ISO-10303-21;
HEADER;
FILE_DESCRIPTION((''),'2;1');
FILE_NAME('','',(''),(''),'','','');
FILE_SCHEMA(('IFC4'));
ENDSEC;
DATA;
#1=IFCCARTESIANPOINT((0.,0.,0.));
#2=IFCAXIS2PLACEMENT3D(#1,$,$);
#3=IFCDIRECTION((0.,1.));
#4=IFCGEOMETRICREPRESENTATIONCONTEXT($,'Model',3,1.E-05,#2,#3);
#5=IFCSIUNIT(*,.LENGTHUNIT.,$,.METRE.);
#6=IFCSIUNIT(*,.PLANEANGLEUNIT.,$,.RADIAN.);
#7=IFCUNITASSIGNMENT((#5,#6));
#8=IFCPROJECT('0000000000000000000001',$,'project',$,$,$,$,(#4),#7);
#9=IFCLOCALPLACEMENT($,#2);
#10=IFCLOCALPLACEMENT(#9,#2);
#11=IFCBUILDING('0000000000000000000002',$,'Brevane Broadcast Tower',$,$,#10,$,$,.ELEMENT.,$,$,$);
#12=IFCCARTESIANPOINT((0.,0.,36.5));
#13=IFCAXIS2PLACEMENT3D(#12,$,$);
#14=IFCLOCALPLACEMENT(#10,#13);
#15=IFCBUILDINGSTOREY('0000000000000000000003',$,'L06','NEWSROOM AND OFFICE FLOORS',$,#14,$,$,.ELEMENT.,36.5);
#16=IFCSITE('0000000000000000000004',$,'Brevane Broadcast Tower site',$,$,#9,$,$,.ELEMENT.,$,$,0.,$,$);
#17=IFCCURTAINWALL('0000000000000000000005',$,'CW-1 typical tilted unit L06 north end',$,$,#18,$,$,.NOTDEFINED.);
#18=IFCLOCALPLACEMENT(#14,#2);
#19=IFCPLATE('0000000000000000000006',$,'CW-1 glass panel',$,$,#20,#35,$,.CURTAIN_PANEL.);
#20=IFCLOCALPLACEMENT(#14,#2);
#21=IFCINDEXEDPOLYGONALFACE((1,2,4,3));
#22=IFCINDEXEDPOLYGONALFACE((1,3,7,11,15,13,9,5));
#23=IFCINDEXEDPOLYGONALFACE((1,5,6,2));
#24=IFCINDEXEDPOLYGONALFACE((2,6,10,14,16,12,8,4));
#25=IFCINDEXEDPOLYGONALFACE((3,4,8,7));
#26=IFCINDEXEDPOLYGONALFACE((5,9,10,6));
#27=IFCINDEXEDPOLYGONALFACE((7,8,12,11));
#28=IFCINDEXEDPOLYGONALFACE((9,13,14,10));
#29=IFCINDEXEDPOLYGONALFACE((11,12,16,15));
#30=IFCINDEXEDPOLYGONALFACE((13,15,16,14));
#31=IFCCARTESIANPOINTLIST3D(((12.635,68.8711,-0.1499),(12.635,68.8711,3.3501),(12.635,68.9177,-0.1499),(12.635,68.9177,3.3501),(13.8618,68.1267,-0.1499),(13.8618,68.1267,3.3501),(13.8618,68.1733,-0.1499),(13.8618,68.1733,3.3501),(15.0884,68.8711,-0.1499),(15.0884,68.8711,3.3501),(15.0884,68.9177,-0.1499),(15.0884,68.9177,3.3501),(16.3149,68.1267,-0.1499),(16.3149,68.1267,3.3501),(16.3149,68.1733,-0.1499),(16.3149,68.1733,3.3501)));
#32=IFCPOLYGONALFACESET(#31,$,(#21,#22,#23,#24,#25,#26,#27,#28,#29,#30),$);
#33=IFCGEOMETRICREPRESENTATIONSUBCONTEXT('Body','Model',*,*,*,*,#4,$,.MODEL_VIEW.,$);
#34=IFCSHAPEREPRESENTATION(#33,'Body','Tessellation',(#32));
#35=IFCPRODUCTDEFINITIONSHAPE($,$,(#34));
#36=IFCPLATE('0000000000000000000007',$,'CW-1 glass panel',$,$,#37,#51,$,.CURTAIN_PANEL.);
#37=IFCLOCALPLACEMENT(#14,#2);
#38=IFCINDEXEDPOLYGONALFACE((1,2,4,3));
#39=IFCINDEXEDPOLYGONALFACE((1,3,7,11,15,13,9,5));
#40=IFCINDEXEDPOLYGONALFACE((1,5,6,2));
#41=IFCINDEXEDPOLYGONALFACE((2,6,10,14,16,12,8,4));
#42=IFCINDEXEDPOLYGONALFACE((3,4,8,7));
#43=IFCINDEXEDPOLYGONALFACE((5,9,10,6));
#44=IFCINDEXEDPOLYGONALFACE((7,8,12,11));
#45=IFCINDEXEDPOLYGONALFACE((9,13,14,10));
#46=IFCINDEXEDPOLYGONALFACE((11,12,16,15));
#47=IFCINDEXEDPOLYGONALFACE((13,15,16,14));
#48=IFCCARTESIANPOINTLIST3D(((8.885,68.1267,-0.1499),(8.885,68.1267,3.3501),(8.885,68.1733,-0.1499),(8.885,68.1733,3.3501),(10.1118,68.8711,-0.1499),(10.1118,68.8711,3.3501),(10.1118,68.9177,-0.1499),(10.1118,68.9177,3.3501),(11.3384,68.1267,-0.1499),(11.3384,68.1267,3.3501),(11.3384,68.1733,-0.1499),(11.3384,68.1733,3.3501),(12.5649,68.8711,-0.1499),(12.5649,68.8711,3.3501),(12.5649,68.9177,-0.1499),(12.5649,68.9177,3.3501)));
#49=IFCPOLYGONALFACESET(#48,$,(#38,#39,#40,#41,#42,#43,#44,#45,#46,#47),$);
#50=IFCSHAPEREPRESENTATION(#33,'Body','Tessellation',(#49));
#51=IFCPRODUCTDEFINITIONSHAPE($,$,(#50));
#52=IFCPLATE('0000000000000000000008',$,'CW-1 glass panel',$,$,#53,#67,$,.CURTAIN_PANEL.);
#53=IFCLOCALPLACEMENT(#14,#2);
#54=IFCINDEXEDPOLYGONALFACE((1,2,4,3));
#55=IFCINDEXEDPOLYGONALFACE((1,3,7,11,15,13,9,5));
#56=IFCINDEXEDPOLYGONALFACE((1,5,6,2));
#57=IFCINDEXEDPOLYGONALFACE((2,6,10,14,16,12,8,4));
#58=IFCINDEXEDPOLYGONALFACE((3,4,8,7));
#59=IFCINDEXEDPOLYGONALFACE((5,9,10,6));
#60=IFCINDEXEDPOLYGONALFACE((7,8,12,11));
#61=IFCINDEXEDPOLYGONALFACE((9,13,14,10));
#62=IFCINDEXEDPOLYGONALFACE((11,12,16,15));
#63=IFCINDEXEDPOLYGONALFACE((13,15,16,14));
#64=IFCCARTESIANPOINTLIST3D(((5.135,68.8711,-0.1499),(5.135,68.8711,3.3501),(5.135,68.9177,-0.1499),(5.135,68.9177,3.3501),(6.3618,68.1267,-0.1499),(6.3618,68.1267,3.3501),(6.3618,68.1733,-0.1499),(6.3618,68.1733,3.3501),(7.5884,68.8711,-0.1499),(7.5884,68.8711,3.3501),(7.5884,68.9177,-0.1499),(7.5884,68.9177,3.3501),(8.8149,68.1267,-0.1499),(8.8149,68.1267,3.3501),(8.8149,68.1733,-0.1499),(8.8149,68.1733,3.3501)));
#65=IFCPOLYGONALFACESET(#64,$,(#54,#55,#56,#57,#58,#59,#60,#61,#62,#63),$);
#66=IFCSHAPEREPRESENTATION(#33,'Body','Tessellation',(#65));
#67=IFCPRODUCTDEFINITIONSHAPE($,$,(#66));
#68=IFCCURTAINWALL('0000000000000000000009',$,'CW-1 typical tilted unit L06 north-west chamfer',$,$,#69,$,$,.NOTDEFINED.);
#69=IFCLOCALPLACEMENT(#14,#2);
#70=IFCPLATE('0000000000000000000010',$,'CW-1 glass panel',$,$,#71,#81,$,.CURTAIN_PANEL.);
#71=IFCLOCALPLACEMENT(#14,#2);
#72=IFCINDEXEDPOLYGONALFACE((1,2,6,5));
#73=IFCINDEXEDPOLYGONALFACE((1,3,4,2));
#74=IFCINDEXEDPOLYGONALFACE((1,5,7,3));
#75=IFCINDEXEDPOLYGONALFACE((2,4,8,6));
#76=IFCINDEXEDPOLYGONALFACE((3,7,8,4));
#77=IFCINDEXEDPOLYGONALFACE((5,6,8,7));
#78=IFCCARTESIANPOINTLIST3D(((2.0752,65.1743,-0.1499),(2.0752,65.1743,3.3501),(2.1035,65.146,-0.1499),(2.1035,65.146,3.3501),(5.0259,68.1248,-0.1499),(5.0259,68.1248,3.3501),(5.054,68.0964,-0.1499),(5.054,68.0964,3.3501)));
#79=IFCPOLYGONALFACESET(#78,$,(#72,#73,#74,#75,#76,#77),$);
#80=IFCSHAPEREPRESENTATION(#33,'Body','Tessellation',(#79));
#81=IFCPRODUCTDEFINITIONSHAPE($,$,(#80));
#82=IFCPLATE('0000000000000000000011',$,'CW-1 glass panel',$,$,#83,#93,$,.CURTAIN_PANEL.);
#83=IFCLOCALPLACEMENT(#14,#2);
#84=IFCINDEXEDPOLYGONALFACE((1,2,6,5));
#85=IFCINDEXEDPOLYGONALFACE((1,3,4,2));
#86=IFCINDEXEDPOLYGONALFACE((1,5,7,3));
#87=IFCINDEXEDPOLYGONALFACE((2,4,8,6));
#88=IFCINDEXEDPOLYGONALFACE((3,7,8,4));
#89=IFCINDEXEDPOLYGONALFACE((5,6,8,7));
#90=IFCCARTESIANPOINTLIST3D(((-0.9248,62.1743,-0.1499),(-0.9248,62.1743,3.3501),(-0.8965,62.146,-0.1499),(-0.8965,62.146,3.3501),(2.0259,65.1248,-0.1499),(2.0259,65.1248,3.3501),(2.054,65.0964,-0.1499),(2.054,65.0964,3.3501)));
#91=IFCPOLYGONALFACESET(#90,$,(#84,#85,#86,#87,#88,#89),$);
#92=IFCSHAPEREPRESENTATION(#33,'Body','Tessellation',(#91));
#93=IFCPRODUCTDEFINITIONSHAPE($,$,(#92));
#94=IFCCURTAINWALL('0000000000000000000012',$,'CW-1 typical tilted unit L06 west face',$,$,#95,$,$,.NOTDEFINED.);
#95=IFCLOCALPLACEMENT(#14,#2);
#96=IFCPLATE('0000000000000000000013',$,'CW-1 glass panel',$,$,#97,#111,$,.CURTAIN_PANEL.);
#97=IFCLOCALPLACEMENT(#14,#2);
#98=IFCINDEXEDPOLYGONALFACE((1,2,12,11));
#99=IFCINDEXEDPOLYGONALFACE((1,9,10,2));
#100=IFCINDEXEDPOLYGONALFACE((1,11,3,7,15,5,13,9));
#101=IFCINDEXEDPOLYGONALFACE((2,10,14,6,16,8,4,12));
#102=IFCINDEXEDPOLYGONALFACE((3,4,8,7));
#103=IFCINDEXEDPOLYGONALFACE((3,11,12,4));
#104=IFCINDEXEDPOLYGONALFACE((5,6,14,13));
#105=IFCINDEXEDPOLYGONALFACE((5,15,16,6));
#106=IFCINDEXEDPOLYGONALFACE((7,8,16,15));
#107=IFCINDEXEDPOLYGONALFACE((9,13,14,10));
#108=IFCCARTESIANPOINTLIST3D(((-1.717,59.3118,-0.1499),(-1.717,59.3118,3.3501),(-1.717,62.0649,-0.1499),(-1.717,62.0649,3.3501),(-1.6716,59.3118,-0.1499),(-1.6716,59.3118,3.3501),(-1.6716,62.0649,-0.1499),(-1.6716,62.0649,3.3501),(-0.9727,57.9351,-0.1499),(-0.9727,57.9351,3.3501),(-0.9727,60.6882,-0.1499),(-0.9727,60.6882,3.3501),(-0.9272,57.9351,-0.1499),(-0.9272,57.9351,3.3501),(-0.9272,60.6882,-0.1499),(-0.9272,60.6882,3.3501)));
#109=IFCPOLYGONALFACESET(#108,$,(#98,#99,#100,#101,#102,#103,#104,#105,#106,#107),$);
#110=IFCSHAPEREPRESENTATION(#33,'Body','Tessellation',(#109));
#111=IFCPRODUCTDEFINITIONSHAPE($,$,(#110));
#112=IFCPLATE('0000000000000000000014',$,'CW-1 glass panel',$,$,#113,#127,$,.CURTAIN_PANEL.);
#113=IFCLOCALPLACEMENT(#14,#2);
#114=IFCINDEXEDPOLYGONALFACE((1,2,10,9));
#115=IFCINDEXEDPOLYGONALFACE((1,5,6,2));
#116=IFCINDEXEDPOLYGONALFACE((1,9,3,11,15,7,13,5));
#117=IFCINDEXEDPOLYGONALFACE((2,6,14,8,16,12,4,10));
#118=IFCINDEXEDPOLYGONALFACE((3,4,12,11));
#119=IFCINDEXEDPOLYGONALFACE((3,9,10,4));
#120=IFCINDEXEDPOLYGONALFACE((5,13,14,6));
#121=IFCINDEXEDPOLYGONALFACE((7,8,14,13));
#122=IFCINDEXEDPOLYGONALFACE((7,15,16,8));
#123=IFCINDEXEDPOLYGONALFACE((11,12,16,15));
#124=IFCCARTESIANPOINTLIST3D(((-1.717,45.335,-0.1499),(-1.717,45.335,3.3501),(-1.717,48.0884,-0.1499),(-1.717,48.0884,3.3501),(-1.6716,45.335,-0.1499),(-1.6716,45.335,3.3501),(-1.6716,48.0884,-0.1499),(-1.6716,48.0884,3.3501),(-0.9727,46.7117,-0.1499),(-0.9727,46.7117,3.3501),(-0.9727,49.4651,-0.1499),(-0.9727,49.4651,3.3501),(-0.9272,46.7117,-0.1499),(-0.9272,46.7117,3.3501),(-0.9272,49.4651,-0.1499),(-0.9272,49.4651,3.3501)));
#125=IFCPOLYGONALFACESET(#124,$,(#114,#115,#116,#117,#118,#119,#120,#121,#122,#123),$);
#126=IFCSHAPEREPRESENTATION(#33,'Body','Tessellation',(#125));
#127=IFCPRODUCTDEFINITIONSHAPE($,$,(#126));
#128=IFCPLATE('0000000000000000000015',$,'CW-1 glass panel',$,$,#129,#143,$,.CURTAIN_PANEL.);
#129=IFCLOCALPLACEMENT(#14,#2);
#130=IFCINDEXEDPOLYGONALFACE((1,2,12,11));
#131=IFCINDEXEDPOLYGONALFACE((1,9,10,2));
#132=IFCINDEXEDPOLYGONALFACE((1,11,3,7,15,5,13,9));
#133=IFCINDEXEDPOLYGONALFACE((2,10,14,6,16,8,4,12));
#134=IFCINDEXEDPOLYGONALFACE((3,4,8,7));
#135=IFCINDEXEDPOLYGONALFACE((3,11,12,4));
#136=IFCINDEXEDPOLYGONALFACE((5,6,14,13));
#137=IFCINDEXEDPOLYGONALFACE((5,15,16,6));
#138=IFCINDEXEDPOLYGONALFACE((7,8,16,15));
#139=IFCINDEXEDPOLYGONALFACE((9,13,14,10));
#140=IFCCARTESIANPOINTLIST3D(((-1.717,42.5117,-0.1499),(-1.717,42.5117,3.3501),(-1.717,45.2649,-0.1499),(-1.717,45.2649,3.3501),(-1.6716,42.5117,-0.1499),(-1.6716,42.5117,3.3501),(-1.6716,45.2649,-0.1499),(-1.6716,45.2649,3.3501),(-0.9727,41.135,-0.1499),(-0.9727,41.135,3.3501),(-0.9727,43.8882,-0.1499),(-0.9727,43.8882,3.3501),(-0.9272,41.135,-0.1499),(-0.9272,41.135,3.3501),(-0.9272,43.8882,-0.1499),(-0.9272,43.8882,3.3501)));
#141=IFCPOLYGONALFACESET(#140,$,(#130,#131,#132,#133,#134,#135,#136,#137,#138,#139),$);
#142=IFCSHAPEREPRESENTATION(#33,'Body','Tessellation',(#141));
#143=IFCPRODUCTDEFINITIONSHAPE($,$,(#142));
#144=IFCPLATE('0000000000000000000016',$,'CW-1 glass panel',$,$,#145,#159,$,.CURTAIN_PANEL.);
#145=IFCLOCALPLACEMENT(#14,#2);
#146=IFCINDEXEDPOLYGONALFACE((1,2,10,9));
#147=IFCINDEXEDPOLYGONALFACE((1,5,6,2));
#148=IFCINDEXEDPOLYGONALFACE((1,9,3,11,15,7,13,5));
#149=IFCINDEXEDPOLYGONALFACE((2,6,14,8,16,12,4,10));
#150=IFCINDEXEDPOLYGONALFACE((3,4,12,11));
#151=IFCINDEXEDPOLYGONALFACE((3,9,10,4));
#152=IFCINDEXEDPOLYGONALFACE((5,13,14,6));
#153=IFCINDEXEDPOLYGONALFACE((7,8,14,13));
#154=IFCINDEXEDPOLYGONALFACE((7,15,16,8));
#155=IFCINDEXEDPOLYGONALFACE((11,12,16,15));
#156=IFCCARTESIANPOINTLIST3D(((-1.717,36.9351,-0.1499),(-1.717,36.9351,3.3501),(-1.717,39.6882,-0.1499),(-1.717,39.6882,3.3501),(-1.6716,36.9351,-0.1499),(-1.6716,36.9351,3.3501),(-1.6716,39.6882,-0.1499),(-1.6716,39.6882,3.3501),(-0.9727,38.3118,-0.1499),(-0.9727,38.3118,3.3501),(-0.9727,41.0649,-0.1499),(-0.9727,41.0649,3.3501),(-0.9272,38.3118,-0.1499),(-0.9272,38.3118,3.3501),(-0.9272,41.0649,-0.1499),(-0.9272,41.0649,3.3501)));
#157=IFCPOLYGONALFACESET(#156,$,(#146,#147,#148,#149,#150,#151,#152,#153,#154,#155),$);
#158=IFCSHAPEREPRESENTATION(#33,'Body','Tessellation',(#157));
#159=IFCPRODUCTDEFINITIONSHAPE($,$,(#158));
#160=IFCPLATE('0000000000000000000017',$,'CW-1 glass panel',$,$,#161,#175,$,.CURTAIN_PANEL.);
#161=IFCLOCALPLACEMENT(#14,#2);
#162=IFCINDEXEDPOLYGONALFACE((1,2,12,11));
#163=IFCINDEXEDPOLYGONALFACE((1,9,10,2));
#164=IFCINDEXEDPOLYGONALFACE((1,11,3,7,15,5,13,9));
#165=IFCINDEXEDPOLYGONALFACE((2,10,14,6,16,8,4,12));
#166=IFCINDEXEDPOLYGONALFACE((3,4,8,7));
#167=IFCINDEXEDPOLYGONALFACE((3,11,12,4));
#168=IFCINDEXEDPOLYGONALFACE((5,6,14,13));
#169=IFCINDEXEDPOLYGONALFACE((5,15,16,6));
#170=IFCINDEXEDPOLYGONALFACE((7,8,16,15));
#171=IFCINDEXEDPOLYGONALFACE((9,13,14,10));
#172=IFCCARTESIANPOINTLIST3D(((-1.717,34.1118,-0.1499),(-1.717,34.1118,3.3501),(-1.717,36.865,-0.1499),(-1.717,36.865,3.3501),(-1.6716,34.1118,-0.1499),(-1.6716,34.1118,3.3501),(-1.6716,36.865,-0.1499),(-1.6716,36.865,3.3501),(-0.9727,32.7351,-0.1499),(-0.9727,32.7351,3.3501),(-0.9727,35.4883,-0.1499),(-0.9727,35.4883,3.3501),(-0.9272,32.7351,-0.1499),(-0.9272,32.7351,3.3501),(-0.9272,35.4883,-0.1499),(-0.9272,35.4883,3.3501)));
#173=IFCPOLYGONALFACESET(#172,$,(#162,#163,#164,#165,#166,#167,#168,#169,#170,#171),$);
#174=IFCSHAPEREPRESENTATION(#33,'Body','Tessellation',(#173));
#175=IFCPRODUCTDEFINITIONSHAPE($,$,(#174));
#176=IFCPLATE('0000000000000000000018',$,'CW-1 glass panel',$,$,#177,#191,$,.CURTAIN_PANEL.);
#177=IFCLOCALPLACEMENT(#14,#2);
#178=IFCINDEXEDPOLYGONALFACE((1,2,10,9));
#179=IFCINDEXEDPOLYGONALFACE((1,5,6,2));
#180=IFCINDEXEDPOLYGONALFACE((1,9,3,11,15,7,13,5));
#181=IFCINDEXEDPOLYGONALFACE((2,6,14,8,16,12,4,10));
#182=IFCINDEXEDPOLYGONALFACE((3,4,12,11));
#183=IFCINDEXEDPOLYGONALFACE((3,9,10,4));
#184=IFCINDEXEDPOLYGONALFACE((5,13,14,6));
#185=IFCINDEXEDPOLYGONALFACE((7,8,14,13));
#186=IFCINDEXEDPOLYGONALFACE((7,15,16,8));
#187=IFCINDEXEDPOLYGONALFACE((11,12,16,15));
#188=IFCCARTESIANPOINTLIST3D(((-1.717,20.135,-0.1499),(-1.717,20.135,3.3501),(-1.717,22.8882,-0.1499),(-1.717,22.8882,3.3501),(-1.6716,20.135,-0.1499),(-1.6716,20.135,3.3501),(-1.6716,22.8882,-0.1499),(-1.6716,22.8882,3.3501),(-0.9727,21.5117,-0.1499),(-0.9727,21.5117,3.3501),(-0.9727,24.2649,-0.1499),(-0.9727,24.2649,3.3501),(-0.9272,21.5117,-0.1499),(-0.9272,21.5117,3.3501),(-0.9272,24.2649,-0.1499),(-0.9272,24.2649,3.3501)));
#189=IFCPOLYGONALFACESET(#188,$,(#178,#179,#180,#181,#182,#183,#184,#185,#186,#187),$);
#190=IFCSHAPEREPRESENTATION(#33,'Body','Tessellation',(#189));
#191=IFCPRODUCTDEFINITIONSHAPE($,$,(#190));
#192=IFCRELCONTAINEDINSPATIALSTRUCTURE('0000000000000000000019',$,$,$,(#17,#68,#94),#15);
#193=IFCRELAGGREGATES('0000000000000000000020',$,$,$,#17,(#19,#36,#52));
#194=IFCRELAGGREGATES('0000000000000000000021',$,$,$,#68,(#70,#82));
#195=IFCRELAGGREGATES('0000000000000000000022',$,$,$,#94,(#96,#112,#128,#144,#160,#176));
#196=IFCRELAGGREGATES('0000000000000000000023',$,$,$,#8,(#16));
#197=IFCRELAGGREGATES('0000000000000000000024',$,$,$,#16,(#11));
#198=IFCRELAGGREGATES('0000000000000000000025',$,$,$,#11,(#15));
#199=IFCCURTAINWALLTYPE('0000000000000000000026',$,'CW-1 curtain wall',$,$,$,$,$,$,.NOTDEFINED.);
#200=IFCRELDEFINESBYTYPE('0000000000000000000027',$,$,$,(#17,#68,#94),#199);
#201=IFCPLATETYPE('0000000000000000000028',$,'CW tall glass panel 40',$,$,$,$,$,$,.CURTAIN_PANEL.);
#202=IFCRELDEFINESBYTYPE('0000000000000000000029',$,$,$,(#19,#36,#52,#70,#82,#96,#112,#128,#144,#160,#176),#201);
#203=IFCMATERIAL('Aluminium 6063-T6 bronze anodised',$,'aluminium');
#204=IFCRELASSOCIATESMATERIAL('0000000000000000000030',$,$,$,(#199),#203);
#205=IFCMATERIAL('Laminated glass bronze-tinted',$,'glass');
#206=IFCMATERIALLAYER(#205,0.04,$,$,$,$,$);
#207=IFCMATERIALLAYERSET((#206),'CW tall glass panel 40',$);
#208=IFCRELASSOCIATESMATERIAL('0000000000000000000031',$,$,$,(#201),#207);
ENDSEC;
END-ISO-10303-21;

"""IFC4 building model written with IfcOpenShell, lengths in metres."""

from ifc_helpers import new_model, si_unit, direction, frame, origin, place, context, subcontext, project, spatial, polyline, outline, extrude, material, layer, layer_set, type_object, element, aggregate, save


model = new_model("IFC4")

# Units and contexts
model_context = context("Model", 3, precision=1e-05, world=origin(), true_north=direction((0.0, 1.0)))
body_context = subcontext(model_context, "Body", "Model", "MODEL_VIEW")
ifc_project = project(units=[si_unit("LENGTHUNIT", "METRE"), si_unit("PLANEANGLEUNIT", "RADIAN")], contexts=[model_context])

# Site, building, storey
site_placement = place(None, origin())
site = spatial("IfcSite", under=ifc_project, at=site_placement, Name="Brevane Broadcast Tower site", CompositionType="ELEMENT", RefElevation=0.0)
building_placement = place(site_placement, origin())
building = spatial("IfcBuilding", under=site, at=building_placement, Name="Brevane Broadcast Tower", CompositionType="ELEMENT")
storey_placement = place(building_placement, frame((0.0, 0.0, 36.5)))
storey = spatial("IfcBuildingStorey", under=building, at=storey_placement, Name="L06", Description="NEWSROOM AND OFFICE FLOORS", CompositionType="ELEMENT", Elevation=36.5)

# Curtain walls, plates
ifc_material_1 = material(Name="Aluminium 6063-T6 bronze anodised", Category="aluminium")
curtain_wall_type = type_object("IfcCurtainWallType", Name="CW-1 curtain wall", PredefinedType="NOTDEFINED", material=ifc_material_1)
curtain_wall_1_placement = place(storey_placement, origin())
curtain_wall_1 = element("IfcCurtainWall", 1, at=curtain_wall_1_placement, inside=storey, type_object=curtain_wall_type, Name="CW-1 typical tilted unit L06 north end", PredefinedType="NOTDEFINED")
ifc_material_2 = material(Name="Laminated glass bronze-tinted", Category="glass")
ifc_layer_1 = layer(ifc_material_2, 0.04)
ifc_layer_set_1 = layer_set([ifc_layer_1], Name="CW tall glass panel 40")
plate_type = type_object("IfcPlateType", Name="CW tall glass panel 40", PredefinedType="CURTAIN_PANEL", material=ifc_layer_set_1)
plate_1_placement = place(storey_placement, frame((0.0, 0.0, -0.1499)))
plate_1 = element("IfcPlate", 2, at=plate_1_placement, type_object=plate_type, Name="CW-1 glass panel", PredefinedType="CURTAIN_PANEL", context=body_context, shape_type="SweptSolid", body=[
    extrude(outline(polyline([(16.3149, 68.1267), (16.3149, 68.1733), (15.0884, 68.9177), (13.8618, 68.1733), (12.635, 68.9177), (12.635, 68.8711), (13.8618, 68.1267), (15.0884, 68.8711), (16.3149, 68.1267)])), origin(), (0.0, 0.0, 1.0), 3.5),
])
plate_2_placement = place(storey_placement, frame((0.0, 0.0, -0.1499)))
plate_2 = element("IfcPlate", 3, at=plate_2_placement, type_object=plate_type, Name="CW-1 glass panel", PredefinedType="CURTAIN_PANEL", context=body_context, shape_type="SweptSolid", body=[
    extrude(outline(polyline([(12.5649, 68.8711), (12.5649, 68.9177), (11.3384, 68.1733), (10.1118, 68.9177), (8.885, 68.1733), (8.885, 68.1267), (10.1118, 68.8711), (11.3384, 68.1267), (12.5649, 68.8711)])), origin(), (0.0, 0.0, 1.0), 3.5),
])
plate_3_placement = place(storey_placement, frame((0.0, 0.0, -0.1499)))
plate_3 = element("IfcPlate", 4, at=plate_3_placement, type_object=plate_type, Name="CW-1 glass panel", PredefinedType="CURTAIN_PANEL", context=body_context, shape_type="SweptSolid", body=[
    extrude(outline(polyline([(8.8149, 68.1267), (8.8149, 68.1733), (7.5884, 68.9177), (6.3618, 68.1733), (5.135, 68.9177), (5.135, 68.8711), (6.3618, 68.1267), (7.5884, 68.8711), (8.8149, 68.1267)])), origin(), (0.0, 0.0, 1.0), 3.5),
])
aggregate(curtain_wall_1, [plate_1, plate_2, plate_3])
curtain_wall_2_placement = place(storey_placement, origin())
curtain_wall_2 = element("IfcCurtainWall", 5, at=curtain_wall_2_placement, inside=storey, type_object=curtain_wall_type, Name="CW-1 typical tilted unit L06 north-west chamfer", PredefinedType="NOTDEFINED")
plate_4_placement = place(storey_placement, frame((0.0, 0.0, -0.1499)))
plate_4 = element("IfcPlate", 6, at=plate_4_placement, type_object=plate_type, Name="CW-1 glass panel", PredefinedType="CURTAIN_PANEL", context=body_context, shape_type="SweptSolid", body=[
    extrude(outline(polyline([(5.054, 68.0964), (2.1035, 65.146), (2.0752, 65.1743), (5.0259, 68.1248), (5.054, 68.0964)])), origin(), (0.0, 0.0, 1.0), 3.5),
])
plate_5_placement = place(storey_placement, frame((0.0, 0.0, -0.1499)))
plate_5 = element("IfcPlate", 7, at=plate_5_placement, type_object=plate_type, Name="CW-1 glass panel", PredefinedType="CURTAIN_PANEL", context=body_context, shape_type="SweptSolid", body=[
    extrude(outline(polyline([(2.054, 65.0964), (-0.8965, 62.146), (-0.9248, 62.1743), (2.0259, 65.1248), (2.054, 65.0964)])), origin(), (0.0, 0.0, 1.0), 3.5),
])
aggregate(curtain_wall_2, [plate_4, plate_5])
curtain_wall_3_placement = place(storey_placement, origin())
curtain_wall_3 = element("IfcCurtainWall", 8, at=curtain_wall_3_placement, inside=storey, type_object=curtain_wall_type, Name="CW-1 typical tilted unit L06 west face", PredefinedType="NOTDEFINED")
plate_6_placement = place(storey_placement, frame((0.0, 0.0, -0.1499)))
plate_6 = element("IfcPlate", 9, at=plate_6_placement, type_object=plate_type, Name="CW-1 glass panel", PredefinedType="CURTAIN_PANEL", context=body_context, shape_type="SweptSolid", body=[
    extrude(outline(polyline([(-1.6716, 62.0649), (-1.717, 62.0649), (-0.9727, 60.6882), (-1.717, 59.3118), (-0.9727, 57.9351), (-0.9272, 57.9351), (-1.6716, 59.3118), (-0.9272, 60.6882), (-1.6716, 62.0649)])), origin(), (0.0, 0.0, 1.0), 3.5),
])
plate_7_placement = place(storey_placement, frame((0.0, 0.0, -0.1499)))
plate_7 = element("IfcPlate", 10, at=plate_7_placement, type_object=plate_type, Name="CW-1 glass panel", PredefinedType="CURTAIN_PANEL", context=body_context, shape_type="SweptSolid", body=[
    extrude(outline(polyline([(-0.9272, 49.4651), (-0.9727, 49.4651), (-1.717, 48.0884), (-0.9727, 46.7117), (-1.717, 45.335), (-1.6716, 45.335), (-0.9272, 46.7117), (-1.6716, 48.0884), (-0.9272, 49.4651)])), origin(), (0.0, 0.0, 1.0), 3.5),
])
plate_8_placement = place(storey_placement, frame((0.0, 0.0, -0.1499)))
plate_8 = element("IfcPlate", 11, at=plate_8_placement, type_object=plate_type, Name="CW-1 glass panel", PredefinedType="CURTAIN_PANEL", context=body_context, shape_type="SweptSolid", body=[
    extrude(outline(polyline([(-1.6716, 45.2649), (-1.717, 45.2649), (-0.9727, 43.8882), (-1.717, 42.5117), (-0.9727, 41.135), (-0.9272, 41.135), (-1.6716, 42.5117), (-0.9272, 43.8882), (-1.6716, 45.2649)])), origin(), (0.0, 0.0, 1.0), 3.5),
])
plate_9_placement = place(storey_placement, frame((0.0, 0.0, -0.1499)))
plate_9 = element("IfcPlate", 12, at=plate_9_placement, type_object=plate_type, Name="CW-1 glass panel", PredefinedType="CURTAIN_PANEL", context=body_context, shape_type="SweptSolid", body=[
    extrude(outline(polyline([(-0.9272, 41.0649), (-0.9727, 41.0649), (-1.717, 39.6882), (-0.9727, 38.3118), (-1.717, 36.9351), (-1.6716, 36.9351), (-0.9272, 38.3118), (-1.6716, 39.6882), (-0.9272, 41.0649)])), origin(), (0.0, 0.0, 1.0), 3.5),
])
plate_10_placement = place(storey_placement, frame((0.0, 0.0, -0.1499)))
plate_10 = element("IfcPlate", 13, at=plate_10_placement, type_object=plate_type, Name="CW-1 glass panel", PredefinedType="CURTAIN_PANEL", context=body_context, shape_type="SweptSolid", body=[
    extrude(outline(polyline([(-1.6716, 36.865), (-1.717, 36.865), (-0.9727, 35.4883), (-1.717, 34.1118), (-0.9727, 32.7351), (-0.9272, 32.7351), (-1.6716, 34.1118), (-0.9272, 35.4883), (-1.6716, 36.865)])), origin(), (0.0, 0.0, 1.0), 3.5),
])
plate_11_placement = place(storey_placement, frame((0.0, 0.0, -0.1499)))
plate_11 = element("IfcPlate", 14, at=plate_11_placement, type_object=plate_type, Name="CW-1 glass panel", PredefinedType="CURTAIN_PANEL", context=body_context, shape_type="SweptSolid", body=[
    extrude(outline(polyline([(-0.9272, 24.2649), (-0.9727, 24.2649), (-1.717, 22.8882), (-0.9727, 21.5117), (-1.717, 20.135), (-1.6716, 20.135), (-0.9272, 21.5117), (-1.6716, 22.8882), (-0.9272, 24.2649)])), origin(), (0.0, 0.0, 1.0), 3.5),
])

aggregate(curtain_wall_3, [plate_6, plate_7, plate_8, plate_9, plate_10, plate_11])

save(model, "model.ifc")
